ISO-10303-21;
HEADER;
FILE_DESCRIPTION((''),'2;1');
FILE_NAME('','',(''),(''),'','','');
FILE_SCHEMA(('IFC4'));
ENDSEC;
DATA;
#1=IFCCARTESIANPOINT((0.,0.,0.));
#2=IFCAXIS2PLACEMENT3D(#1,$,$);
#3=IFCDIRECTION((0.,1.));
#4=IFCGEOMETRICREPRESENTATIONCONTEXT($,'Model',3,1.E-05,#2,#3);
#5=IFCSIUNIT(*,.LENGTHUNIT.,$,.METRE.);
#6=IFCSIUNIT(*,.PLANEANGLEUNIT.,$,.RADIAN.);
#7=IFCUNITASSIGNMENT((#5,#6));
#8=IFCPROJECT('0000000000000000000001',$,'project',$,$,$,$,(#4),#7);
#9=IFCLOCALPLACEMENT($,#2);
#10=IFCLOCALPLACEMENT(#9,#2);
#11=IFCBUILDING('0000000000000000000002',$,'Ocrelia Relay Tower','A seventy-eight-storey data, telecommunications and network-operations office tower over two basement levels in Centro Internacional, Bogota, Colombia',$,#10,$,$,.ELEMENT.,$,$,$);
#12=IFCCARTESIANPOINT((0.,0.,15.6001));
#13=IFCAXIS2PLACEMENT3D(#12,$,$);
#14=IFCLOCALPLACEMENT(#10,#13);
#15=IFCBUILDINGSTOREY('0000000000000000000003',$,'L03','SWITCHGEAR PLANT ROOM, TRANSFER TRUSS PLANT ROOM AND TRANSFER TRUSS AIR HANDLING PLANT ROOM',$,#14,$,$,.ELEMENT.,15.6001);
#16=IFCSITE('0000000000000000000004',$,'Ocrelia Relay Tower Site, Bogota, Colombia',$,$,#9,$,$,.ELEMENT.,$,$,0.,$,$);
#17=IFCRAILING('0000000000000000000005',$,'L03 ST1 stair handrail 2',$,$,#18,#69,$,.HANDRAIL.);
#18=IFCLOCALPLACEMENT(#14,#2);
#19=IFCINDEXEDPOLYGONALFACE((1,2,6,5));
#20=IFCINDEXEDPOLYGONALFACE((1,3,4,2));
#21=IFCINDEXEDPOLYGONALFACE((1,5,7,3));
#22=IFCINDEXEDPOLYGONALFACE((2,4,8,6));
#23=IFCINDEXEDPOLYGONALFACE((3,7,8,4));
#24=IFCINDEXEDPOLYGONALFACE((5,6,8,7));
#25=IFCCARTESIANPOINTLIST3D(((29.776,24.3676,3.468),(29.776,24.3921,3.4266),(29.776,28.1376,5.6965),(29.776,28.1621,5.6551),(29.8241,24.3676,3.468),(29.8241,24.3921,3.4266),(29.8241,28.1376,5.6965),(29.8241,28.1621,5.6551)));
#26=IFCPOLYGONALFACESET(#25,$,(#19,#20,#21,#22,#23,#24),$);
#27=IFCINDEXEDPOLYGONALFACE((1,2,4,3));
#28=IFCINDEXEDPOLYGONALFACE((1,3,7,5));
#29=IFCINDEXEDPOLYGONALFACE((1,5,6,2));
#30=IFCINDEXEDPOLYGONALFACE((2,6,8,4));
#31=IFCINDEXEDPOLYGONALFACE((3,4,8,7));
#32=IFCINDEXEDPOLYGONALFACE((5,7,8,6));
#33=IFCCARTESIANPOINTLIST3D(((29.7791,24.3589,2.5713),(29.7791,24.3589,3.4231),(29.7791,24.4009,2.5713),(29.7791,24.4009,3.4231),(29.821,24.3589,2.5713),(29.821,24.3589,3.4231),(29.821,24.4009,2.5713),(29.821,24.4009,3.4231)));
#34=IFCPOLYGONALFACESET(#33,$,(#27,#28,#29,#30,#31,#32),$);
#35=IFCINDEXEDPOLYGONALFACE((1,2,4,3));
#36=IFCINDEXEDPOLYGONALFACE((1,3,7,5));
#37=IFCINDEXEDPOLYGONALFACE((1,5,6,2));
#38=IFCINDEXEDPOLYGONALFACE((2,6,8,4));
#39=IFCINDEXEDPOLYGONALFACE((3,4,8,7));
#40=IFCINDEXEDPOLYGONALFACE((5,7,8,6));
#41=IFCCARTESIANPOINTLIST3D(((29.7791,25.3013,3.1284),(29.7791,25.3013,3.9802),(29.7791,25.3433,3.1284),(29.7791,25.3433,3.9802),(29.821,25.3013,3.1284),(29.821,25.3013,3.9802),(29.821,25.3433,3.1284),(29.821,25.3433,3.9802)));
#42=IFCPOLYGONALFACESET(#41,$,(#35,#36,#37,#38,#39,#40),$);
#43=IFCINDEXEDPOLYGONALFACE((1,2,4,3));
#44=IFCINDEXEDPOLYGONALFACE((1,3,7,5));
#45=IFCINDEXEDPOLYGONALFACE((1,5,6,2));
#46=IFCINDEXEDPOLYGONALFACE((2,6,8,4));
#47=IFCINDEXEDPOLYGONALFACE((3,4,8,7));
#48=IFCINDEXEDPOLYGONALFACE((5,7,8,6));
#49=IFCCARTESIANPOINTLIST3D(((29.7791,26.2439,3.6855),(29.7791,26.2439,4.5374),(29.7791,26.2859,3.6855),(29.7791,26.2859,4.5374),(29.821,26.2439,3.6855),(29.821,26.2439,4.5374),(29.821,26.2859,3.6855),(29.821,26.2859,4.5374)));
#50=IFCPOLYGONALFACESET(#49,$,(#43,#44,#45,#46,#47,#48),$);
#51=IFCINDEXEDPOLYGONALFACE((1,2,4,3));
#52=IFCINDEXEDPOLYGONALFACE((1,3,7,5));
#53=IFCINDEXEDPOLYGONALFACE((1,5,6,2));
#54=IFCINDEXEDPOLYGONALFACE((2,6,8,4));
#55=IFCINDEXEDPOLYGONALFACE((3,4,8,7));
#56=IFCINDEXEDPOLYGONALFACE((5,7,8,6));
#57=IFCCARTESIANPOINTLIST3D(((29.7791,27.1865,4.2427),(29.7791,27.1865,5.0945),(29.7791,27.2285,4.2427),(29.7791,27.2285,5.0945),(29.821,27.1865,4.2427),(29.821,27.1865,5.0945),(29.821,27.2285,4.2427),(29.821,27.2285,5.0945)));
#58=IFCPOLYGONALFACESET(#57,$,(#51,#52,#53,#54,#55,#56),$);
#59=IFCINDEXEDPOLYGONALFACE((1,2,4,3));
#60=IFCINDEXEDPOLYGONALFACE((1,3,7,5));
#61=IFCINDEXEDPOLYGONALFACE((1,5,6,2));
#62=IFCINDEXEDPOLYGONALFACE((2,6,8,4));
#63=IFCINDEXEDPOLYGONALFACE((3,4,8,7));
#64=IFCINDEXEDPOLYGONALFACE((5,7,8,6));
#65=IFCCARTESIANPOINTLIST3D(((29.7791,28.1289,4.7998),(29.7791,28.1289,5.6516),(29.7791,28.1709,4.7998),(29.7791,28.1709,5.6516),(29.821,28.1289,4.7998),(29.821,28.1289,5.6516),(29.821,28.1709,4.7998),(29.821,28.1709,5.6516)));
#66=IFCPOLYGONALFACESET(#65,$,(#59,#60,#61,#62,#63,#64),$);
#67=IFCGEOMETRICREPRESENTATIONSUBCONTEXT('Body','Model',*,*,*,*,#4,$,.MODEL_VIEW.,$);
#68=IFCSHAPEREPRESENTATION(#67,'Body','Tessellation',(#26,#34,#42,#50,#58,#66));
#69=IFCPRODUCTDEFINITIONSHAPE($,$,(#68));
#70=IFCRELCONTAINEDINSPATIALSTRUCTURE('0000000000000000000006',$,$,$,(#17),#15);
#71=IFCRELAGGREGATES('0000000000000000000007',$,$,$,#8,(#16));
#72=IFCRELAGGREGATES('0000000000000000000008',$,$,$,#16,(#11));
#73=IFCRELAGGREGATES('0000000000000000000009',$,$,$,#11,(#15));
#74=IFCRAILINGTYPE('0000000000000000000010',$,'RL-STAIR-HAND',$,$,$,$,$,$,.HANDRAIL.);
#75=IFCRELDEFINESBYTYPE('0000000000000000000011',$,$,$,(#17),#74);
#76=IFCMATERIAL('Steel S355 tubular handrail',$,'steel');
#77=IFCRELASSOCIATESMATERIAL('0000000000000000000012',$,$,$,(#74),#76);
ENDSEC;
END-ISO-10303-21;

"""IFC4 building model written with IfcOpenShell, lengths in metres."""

from ifc_helpers import new_model, si_unit, direction, frame, origin, origin_2d, place, context, subcontext, project, spatial, rectangle, extrude, material, type_object, element, save


model = new_model("IFC4")

# Units and contexts
model_context = context("Model", 3, precision=1e-05, world=origin(), true_north=direction((0.0, 1.0)))
body_context = subcontext(model_context, "Body", "Model", "MODEL_VIEW")
ifc_project = project(units=[si_unit("LENGTHUNIT", "METRE"), si_unit("PLANEANGLEUNIT", "RADIAN")], contexts=[model_context])

# Site, building, storey
site_placement = place(None, origin())
site = spatial("IfcSite", under=ifc_project, at=site_placement, Name="Ocrelia Relay Tower Site, Bogota, Colombia", CompositionType="ELEMENT", RefElevation=0.0)
building_placement = place(site_placement, origin())
building = spatial("IfcBuilding", under=site, at=building_placement, Name="Ocrelia Relay Tower", Description="A seventy-eight-storey data, telecommunications and network-operations office tower over two basement levels in Centro Internacional, Bogota, Colombia", CompositionType="ELEMENT")
storey_placement = place(building_placement, frame((0.0, 0.0, 15.6001)))
storey = spatial("IfcBuildingStorey", under=building, at=storey_placement, Name="L03", Description="SWITCHGEAR PLANT ROOM, TRANSFER TRUSS PLANT ROOM AND TRANSFER TRUSS AIR HANDLING PLANT ROOM", CompositionType="ELEMENT", Elevation=15.6001)

# Railing
ifc_material_1 = material(Name="Steel S355 tubular handrail", Category="steel")
railing_type_1 = type_object("IfcRailingType", Name="RL-STAIR-HAND", PredefinedType="HANDRAIL", material=ifc_material_1)
railing_1_placement = place(storey_placement, frame((29.8, 24.3799, 2.5713)))
element("IfcRailing", 1, at=railing_1_placement, inside=storey, type_object=railing_type_1, Name="L03 ST1 stair handrail 2", PredefinedType="HANDRAIL", context=body_context, shape_type="SweptSolid", body=[
    extrude(rectangle(XDim=0.0481, YDim=0.0481, at=origin_2d()), frame((0.0, 0.0, 0.876), z_axis=(0.0, 0.860849, 0.508861), x_axis=(-1.0, 0.0, 0.0)), (0.0, 0.0, 1.0), 4.3794),
    extrude(rectangle(XDim=0.042, YDim=0.042, at=origin_2d()), origin(), (0.0, 0.0, 1.0), 0.8518),
    extrude(rectangle(XDim=0.042, YDim=0.042, at=origin_2d()), frame((0.0, 0.9424, 0.5571)), (0.0, 0.0, 1.0), 0.8518),
    extrude(rectangle(XDim=0.042, YDim=0.042, at=origin_2d()), frame((0.0, 1.885, 1.1143)), (0.0, 0.0, 1.0), 0.8518),
    extrude(rectangle(XDim=0.042, YDim=0.042, at=origin_2d()), frame((0.0, 2.8276, 1.6714)), (0.0, 0.0, 1.0), 0.8518),
    extrude(rectangle(XDim=0.042, YDim=0.042, at=origin_2d()), frame((0.0, 3.77, 2.2285)), (0.0, 0.0, 1.0), 0.8518),
])

save(model, "model.ifc")
